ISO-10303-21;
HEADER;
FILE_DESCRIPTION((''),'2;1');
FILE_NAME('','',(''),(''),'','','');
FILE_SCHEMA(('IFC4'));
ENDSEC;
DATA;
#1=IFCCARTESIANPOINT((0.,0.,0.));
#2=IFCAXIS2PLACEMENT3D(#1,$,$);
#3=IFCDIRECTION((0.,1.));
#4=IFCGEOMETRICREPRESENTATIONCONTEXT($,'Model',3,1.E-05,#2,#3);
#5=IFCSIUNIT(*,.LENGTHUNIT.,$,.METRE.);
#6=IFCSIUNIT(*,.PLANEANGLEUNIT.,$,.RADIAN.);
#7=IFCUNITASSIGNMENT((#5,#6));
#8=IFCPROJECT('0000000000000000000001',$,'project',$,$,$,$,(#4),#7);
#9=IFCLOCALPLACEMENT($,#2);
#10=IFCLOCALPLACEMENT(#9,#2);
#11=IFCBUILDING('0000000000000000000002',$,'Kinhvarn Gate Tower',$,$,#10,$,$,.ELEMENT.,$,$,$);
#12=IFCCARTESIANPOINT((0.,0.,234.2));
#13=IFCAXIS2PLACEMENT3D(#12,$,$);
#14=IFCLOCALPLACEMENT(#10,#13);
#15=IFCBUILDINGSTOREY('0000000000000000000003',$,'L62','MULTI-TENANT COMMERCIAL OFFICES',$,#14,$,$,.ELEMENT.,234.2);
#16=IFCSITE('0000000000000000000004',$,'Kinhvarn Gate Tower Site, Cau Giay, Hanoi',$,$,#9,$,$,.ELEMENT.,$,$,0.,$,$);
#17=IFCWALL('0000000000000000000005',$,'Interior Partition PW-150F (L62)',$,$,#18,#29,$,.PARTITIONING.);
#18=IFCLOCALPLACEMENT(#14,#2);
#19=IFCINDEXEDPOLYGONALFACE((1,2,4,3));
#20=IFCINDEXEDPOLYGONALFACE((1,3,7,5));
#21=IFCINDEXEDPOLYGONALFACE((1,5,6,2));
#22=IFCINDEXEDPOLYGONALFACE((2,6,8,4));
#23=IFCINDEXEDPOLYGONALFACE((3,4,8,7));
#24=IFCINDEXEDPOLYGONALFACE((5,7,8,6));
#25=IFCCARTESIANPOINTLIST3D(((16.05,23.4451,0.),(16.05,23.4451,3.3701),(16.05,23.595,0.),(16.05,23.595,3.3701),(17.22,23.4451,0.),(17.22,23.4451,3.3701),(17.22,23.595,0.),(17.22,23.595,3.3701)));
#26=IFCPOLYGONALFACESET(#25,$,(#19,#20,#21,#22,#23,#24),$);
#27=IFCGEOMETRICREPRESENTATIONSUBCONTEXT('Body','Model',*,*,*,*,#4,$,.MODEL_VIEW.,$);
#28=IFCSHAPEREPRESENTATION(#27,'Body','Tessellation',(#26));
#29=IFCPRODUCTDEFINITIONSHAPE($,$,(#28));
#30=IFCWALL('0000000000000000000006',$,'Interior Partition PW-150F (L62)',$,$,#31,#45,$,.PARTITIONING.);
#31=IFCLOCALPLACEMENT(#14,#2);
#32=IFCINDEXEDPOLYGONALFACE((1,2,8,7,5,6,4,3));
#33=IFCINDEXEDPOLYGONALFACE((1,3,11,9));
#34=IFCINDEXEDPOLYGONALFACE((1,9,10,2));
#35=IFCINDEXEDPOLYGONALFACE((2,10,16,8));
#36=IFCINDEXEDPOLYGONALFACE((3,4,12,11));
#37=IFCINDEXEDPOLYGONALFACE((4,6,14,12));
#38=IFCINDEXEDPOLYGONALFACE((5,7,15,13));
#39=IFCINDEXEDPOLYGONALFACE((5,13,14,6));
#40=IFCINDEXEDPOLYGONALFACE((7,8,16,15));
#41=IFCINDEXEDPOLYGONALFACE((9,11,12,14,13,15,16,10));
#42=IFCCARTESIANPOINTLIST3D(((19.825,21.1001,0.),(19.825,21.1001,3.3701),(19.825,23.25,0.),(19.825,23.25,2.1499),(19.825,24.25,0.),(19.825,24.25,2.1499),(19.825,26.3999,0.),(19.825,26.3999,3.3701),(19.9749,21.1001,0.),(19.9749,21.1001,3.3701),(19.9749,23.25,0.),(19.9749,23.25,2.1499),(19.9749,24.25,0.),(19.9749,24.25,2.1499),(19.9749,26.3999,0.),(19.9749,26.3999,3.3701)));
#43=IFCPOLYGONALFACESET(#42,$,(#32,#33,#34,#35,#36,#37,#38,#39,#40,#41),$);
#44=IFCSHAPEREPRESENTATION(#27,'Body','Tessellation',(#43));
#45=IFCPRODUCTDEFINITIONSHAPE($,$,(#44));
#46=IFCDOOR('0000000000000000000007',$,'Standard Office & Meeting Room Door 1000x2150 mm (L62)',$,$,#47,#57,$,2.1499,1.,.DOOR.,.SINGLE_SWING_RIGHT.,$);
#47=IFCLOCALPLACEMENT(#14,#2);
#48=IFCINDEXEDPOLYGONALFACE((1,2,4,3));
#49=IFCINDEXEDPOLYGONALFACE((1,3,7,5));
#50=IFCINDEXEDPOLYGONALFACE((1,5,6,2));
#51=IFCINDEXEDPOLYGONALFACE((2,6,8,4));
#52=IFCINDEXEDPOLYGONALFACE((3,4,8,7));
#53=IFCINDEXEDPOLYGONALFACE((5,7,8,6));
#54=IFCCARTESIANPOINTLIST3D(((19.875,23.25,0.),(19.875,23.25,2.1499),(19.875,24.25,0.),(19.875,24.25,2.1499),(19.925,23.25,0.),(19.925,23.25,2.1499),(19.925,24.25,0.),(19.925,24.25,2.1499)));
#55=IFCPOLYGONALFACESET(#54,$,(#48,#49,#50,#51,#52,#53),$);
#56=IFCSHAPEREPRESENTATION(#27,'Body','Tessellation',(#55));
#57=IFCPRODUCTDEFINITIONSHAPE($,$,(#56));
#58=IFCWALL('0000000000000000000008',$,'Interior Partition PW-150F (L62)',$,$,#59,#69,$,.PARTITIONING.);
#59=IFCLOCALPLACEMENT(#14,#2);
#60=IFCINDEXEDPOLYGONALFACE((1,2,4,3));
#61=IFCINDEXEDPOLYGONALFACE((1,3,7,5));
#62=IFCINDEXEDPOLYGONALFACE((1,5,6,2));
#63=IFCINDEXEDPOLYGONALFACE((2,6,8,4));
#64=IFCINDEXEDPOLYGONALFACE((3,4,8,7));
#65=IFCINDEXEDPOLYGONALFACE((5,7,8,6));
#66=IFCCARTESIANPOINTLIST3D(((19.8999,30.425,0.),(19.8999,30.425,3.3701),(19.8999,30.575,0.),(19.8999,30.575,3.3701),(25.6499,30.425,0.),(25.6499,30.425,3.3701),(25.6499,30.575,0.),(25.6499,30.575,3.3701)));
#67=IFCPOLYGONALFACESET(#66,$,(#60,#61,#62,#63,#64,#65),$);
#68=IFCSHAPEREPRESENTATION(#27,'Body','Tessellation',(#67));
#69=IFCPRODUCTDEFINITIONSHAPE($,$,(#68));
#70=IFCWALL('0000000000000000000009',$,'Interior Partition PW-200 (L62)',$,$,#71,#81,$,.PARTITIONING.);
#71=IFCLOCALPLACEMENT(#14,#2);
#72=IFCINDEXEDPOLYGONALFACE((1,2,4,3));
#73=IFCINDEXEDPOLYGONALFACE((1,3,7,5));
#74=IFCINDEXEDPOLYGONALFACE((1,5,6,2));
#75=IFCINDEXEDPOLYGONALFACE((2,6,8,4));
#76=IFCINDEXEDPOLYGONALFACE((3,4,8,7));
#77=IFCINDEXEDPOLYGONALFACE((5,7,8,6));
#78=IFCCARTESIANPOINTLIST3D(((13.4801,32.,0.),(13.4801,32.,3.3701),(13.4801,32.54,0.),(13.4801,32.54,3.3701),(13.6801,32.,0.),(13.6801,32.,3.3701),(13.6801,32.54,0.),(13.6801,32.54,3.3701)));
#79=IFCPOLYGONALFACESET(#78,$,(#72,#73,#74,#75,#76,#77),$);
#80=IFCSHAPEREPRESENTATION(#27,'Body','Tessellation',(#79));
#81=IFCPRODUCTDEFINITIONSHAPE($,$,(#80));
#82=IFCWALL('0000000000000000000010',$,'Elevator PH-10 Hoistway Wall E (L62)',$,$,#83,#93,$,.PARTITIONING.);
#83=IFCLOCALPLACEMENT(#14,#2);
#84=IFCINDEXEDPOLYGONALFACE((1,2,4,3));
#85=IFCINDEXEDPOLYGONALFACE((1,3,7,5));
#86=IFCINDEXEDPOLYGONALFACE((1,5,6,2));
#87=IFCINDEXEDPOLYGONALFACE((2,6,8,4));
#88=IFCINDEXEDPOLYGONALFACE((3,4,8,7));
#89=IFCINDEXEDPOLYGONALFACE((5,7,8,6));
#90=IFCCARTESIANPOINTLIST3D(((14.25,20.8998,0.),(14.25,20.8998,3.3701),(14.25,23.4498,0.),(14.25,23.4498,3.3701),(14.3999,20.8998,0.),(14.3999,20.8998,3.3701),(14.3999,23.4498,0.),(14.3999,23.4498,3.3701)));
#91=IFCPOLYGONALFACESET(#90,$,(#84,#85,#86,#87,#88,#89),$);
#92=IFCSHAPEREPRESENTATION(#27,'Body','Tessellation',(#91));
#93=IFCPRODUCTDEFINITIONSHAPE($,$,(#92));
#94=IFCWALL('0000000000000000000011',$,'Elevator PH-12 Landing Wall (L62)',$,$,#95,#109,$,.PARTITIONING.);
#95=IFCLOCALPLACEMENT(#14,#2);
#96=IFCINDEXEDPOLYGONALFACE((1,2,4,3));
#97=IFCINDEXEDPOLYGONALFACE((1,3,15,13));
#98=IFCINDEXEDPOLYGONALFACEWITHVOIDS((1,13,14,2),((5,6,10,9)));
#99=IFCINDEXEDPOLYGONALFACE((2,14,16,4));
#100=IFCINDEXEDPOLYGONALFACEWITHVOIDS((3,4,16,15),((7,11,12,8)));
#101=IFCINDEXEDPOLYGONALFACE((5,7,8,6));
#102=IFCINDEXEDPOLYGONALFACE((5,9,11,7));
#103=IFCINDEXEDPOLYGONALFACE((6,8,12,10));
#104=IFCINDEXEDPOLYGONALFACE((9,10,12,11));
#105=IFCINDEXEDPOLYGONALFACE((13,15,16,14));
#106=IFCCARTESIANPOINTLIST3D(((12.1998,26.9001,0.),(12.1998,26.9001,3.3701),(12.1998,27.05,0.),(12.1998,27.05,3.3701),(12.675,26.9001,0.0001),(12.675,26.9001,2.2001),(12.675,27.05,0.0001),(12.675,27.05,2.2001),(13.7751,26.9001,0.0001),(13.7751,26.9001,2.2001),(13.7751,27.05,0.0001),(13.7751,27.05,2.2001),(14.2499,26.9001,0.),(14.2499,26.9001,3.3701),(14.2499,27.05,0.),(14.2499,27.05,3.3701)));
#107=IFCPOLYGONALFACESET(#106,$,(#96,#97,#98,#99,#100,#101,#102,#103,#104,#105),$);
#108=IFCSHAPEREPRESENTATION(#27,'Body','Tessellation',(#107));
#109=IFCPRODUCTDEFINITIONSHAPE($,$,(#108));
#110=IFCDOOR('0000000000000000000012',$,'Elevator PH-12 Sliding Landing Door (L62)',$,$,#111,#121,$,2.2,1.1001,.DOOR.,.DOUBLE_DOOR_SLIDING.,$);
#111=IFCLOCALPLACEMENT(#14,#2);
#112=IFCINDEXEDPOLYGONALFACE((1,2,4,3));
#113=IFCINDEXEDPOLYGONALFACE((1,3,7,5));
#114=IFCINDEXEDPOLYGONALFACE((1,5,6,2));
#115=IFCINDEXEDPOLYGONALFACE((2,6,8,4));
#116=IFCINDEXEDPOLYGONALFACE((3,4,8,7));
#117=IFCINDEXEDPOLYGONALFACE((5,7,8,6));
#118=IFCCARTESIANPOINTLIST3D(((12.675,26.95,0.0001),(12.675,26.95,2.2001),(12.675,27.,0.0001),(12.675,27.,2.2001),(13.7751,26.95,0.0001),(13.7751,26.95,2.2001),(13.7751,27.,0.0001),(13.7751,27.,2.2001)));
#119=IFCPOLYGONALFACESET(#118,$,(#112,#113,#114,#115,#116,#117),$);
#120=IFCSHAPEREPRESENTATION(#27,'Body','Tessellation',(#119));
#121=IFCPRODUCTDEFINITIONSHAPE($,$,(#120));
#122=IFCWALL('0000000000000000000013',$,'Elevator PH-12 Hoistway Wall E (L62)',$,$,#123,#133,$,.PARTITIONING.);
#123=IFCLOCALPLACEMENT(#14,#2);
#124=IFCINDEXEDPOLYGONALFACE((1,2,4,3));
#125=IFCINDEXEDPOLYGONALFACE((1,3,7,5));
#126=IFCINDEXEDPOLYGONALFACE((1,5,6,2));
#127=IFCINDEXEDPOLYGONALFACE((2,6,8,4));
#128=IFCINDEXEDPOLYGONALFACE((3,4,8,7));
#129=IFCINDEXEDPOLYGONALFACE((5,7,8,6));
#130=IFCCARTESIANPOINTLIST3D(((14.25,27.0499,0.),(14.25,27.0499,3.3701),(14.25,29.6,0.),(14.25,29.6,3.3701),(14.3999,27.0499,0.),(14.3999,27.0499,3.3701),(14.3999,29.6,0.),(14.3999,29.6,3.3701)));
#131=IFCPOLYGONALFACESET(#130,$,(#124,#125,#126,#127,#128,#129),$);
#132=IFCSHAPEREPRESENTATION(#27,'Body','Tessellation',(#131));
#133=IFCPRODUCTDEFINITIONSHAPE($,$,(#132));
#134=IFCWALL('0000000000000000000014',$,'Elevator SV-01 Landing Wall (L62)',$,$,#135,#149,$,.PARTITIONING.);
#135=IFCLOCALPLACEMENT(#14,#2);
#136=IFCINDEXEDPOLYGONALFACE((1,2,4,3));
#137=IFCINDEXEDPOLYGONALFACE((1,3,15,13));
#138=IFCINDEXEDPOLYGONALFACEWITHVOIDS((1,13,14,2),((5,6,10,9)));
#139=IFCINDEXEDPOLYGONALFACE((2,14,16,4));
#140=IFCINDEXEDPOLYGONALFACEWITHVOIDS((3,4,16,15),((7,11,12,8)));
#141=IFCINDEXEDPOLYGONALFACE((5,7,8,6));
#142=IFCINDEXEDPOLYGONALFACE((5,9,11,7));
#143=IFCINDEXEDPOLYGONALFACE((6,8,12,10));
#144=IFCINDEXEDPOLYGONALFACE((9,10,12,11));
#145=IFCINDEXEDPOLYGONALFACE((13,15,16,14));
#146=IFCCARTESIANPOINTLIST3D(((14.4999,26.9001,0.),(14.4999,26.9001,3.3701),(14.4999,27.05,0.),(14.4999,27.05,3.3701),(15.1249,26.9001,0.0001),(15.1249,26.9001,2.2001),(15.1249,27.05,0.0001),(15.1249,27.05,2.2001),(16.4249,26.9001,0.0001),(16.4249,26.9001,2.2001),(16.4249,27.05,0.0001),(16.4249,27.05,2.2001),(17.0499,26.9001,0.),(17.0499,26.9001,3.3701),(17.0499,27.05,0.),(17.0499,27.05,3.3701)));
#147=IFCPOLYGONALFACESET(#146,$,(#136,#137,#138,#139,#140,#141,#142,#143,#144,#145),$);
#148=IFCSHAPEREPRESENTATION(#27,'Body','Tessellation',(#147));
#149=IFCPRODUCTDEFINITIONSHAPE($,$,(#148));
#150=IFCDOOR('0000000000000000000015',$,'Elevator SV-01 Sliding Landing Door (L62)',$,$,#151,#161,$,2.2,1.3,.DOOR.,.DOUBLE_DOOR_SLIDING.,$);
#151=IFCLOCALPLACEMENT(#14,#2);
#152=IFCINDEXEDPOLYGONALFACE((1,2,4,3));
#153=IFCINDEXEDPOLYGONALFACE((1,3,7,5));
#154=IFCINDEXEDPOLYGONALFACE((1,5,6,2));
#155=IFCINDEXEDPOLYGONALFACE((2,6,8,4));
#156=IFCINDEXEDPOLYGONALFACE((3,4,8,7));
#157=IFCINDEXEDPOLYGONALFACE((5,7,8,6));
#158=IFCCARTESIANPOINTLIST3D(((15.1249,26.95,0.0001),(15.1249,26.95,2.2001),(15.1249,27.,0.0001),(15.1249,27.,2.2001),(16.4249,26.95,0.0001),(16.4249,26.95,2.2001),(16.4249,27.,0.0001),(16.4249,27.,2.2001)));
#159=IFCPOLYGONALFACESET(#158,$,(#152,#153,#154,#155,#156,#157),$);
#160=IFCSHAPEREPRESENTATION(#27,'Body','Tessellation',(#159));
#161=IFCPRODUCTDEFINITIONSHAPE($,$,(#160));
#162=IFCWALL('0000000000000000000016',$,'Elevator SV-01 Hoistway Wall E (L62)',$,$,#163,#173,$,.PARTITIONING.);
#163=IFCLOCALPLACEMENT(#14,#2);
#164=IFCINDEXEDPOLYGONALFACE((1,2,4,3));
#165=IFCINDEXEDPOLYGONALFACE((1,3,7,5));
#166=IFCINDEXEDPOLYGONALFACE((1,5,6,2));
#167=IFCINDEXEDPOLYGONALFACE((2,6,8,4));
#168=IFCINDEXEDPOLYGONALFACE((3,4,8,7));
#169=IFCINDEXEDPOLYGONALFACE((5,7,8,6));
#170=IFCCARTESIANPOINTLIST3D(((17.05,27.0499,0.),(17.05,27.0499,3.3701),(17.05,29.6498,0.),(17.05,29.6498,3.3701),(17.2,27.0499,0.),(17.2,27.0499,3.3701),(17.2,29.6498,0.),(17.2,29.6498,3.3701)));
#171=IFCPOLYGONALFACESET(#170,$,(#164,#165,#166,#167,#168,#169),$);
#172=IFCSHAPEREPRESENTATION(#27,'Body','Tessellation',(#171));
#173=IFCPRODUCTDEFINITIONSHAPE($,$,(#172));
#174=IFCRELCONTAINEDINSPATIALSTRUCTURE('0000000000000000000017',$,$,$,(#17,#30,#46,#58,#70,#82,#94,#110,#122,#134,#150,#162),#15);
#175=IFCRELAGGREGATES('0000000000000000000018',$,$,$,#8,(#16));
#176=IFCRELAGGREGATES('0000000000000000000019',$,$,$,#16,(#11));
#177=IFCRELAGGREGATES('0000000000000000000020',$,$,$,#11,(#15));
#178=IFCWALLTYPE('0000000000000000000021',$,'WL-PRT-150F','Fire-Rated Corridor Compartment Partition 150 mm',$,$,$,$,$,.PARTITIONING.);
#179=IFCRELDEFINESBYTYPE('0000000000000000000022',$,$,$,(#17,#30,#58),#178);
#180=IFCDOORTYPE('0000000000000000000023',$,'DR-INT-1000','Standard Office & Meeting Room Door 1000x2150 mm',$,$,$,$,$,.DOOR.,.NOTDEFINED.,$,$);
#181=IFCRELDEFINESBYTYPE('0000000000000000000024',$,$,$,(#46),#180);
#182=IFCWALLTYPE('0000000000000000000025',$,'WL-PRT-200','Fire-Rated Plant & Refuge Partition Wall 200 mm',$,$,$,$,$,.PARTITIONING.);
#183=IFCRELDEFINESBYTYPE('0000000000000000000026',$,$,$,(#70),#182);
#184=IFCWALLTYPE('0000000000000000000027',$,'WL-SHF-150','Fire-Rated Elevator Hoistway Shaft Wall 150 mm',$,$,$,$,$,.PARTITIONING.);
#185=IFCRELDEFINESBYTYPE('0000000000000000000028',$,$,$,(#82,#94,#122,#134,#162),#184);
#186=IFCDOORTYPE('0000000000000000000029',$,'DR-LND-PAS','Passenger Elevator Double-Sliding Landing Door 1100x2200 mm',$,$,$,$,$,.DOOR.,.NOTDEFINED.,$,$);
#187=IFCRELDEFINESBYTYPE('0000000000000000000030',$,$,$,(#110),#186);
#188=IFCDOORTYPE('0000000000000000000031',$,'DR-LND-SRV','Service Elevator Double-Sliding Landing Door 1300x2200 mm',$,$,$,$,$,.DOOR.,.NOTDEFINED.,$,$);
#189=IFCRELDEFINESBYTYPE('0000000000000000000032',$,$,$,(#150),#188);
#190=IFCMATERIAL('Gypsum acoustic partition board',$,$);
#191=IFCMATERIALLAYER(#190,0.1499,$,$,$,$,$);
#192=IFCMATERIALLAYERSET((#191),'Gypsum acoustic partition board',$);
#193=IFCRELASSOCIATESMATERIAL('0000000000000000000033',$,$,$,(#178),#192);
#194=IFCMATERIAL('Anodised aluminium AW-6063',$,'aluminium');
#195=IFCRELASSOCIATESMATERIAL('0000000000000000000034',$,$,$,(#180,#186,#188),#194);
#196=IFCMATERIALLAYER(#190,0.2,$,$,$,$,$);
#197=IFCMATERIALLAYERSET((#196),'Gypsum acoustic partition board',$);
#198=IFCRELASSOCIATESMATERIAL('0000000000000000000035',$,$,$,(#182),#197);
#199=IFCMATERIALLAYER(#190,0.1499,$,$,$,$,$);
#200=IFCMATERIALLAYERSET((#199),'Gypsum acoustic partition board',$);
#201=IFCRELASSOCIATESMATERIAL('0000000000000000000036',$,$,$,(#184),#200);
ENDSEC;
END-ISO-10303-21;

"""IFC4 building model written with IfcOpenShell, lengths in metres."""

from ifc_helpers import new_model, si_unit, direction, frame, frame_2d, origin, place, context, subcontext, project, spatial, rectangle, extrude, material, layer, layer_set, type_object, element, fill, save


model = new_model("IFC4")

# Units and contexts
model_context = context("Model", 3, precision=1e-05, world=origin(), true_north=direction((0.0, 1.0)))
body_context = subcontext(model_context, "Body", "Model", "MODEL_VIEW")
ifc_project = project(units=[si_unit("LENGTHUNIT", "METRE"), si_unit("PLANEANGLEUNIT", "RADIAN")], contexts=[model_context])

# Site, building, storey
site_placement = place(None, origin())
site = spatial("IfcSite", under=ifc_project, at=site_placement, Name="Kinhvarn Gate Tower Site, Cau Giay, Hanoi", CompositionType="ELEMENT", RefElevation=0.0)
building_placement = place(site_placement, origin())
building = spatial("IfcBuilding", under=site, at=building_placement, Name="Kinhvarn Gate Tower", CompositionType="ELEMENT")
storey_placement = place(building_placement, frame((0.0, 0.0, 234.2)))
storey = spatial("IfcBuildingStorey", under=building, at=storey_placement, Name="L62", Description="MULTI-TENANT COMMERCIAL OFFICES", CompositionType="ELEMENT", Elevation=234.2)

# Shared definitions
ifc_material_1 = material(Name="Anodised aluminium AW-6063", Category="aluminium")

# Shared definitions
ifc_material_2 = material(Name="Gypsum acoustic partition board")

# Wall
ifc_layer_1 = layer(ifc_material_2, 0.1499)
ifc_layer_set_1 = layer_set([ifc_layer_1], Name="Gypsum acoustic partition board")
wall_type_1 = type_object("IfcWallType", Name="WL-PRT-150F", Description="Fire-Rated Corridor Compartment Partition 150 mm", PredefinedType="PARTITIONING", material=ifc_layer_set_1)
wall_1_placement = place(storey_placement, frame((16.05, 23.52, 0.0), z_axis=(0.0, 0.0, 1.0), x_axis=(1.0, 0.0, 0.0)))
element("IfcWall", 1, at=wall_1_placement, inside=storey, type_object=wall_type_1, Name="Interior Partition PW-150F (L62)", PredefinedType="PARTITIONING", context=body_context, shape_type="SweptSolid", body=[
    extrude(rectangle(XDim=1.1699, YDim=0.1499, at=frame_2d((0.585, 0.0))), origin(), (0.0, 0.0, 1.0), 3.3701),
])

# Wall, opening, door
door_type_1 = type_object("IfcDoorType", Name="DR-INT-1000", Description="Standard Office & Meeting Room Door 1000x2150 mm", OperationType="NOTDEFINED", PredefinedType="DOOR", material=ifc_material_1)
wall_2_placement = place(storey_placement, frame((19.8999, 21.1001, 0.0), z_axis=(0.0, 0.0, 1.0), x_axis=(0.0, 1.0, 0.0)))
wall_2 = element("IfcWall", 2, at=wall_2_placement, inside=storey, type_object=wall_type_1, Name="Interior Partition PW-150F (L62)", PredefinedType="PARTITIONING", context=body_context, shape_type="SweptSolid", body=[
    extrude(rectangle(XDim=5.2998, YDim=0.1499, at=frame_2d((2.6499, 0.0))), origin(), (0.0, 0.0, 1.0), 3.3701),
])
opening_1_placement = place(wall_2_placement, frame((2.1499, 0.0, 0.0)))
opening_1 = element("IfcOpeningElement", 3, at=opening_1_placement, cuts=wall_2, PredefinedType="OPENING", context=body_context, shape_type="SweptSolid", body=[
    extrude(rectangle(XDim=1.0, YDim=2.1499, at=frame_2d((0.5, 1.075))), frame((0.0, 0.085, 0.0), z_axis=(0.0, -1.0, 0.0), x_axis=(1.0, 0.0, 0.0)), (0.0, 0.0, 1.0), 0.1699),
])
door_1_placement = place(opening_1_placement, origin())
door_1 = element("IfcDoor", 4, at=door_1_placement, inside=storey, type_object=door_type_1, Name="Standard Office & Meeting Room Door 1000x2150 mm (L62)", OperationType="SINGLE_SWING_RIGHT", OverallHeight=2.1499, OverallWidth=1.0, PredefinedType="DOOR", context=body_context, shape_type="SweptSolid", body=[
    extrude(rectangle(XDim=1.0, YDim=2.1499, at=frame_2d((0.5, 1.075))), frame((0.0, 0.0249, 0.0), z_axis=(0.0, -1.0, 0.0), x_axis=(1.0, 0.0, 0.0)), (0.0, 0.0, 1.0), 0.05),
])
fill(opening_1, door_1)

# Walls
wall_3_placement = place(storey_placement, frame((19.8999, 30.5, 0.0), z_axis=(0.0, 0.0, 1.0), x_axis=(1.0, 0.0, 0.0)))
element("IfcWall", 5, at=wall_3_placement, inside=storey, type_object=wall_type_1, Name="Interior Partition PW-150F (L62)", PredefinedType="PARTITIONING", context=body_context, shape_type="SweptSolid", body=[
    extrude(rectangle(XDim=5.75, YDim=0.1499, at=frame_2d((2.875, 0.0))), origin(), (0.0, 0.0, 1.0), 3.3701),
])
ifc_layer_2 = layer(ifc_material_2, 0.2)
ifc_layer_set_2 = layer_set([ifc_layer_2], Name="Gypsum acoustic partition board")
wall_type_2 = type_object("IfcWallType", Name="WL-PRT-200", Description="Fire-Rated Plant & Refuge Partition Wall 200 mm", PredefinedType="PARTITIONING", material=ifc_layer_set_2)
wall_4_placement = place(storey_placement, frame((13.5801, 32.0, 0.0), z_axis=(0.0, 0.0, 1.0), x_axis=(0.0, 1.0, 0.0)))
element("IfcWall", 6, at=wall_4_placement, inside=storey, type_object=wall_type_2, Name="Interior Partition PW-200 (L62)", PredefinedType="PARTITIONING", context=body_context, shape_type="SweptSolid", body=[
    extrude(rectangle(XDim=0.54, YDim=0.2, at=frame_2d((0.27, 0.0))), origin(), (0.0, 0.0, 1.0), 3.3701),
])
ifc_layer_3 = layer(ifc_material_2, 0.1499)
ifc_layer_set_3 = layer_set([ifc_layer_3], Name="Gypsum acoustic partition board")
wall_type_3 = type_object("IfcWallType", Name="WL-SHF-150", Description="Fire-Rated Elevator Hoistway Shaft Wall 150 mm", PredefinedType="PARTITIONING", material=ifc_layer_set_3)
wall_5_placement = place(storey_placement, frame((14.325, 20.8999, 0.0), z_axis=(0.0, 0.0, 1.0), x_axis=(0.0, 1.0, 0.0)))
element("IfcWall", 7, at=wall_5_placement, inside=storey, type_object=wall_type_3, Name="Elevator PH-10 Hoistway Wall E (L62)", PredefinedType="PARTITIONING", context=body_context, shape_type="SweptSolid", body=[
    extrude(rectangle(XDim=2.55, YDim=0.1499, at=frame_2d((1.2749, 0.0))), origin(), (0.0, 0.0, 1.0), 3.3701),
])

# Wall, opening, door
wall_6_placement = place(storey_placement, frame((12.2, 26.9751, 0.0), z_axis=(0.0, 0.0, 1.0), x_axis=(1.0, 0.0, 0.0)))
wall_6 = element("IfcWall", 8, at=wall_6_placement, inside=storey, type_object=wall_type_3, Name="Elevator PH-12 Landing Wall (L62)", PredefinedType="PARTITIONING", context=body_context, shape_type="SweptSolid", body=[
    extrude(rectangle(XDim=2.05, YDim=0.1499, at=frame_2d((1.0249, 0.0))), origin(), (0.0, 0.0, 1.0), 3.3701),
])
opening_2_placement = place(wall_6_placement, frame((0.4751, 0.0, 0.0)))
opening_2 = element("IfcOpeningElement", 9, at=opening_2_placement, cuts=wall_6, PredefinedType="OPENING", context=body_context, shape_type="SweptSolid", body=[
    extrude(rectangle(XDim=1.1001, YDim=2.2, at=frame_2d((0.55, 1.1001))), frame((0.0, 0.085, 0.0), z_axis=(0.0, -1.0, 0.0), x_axis=(1.0, 0.0, 0.0)), (0.0, 0.0, 1.0), 0.1699),
])
door_type_2 = type_object("IfcDoorType", Name="DR-LND-PAS", Description="Passenger Elevator Double-Sliding Landing Door 1100x2200 mm", OperationType="NOTDEFINED", PredefinedType="DOOR", material=ifc_material_1)
door_2_placement = place(opening_2_placement, origin())
door_2 = element("IfcDoor", 10, at=door_2_placement, inside=storey, type_object=door_type_2, Name="Elevator PH-12 Sliding Landing Door (L62)", OperationType="DOUBLE_DOOR_SLIDING", OverallHeight=2.2, OverallWidth=1.1001, PredefinedType="DOOR", context=body_context, shape_type="SweptSolid", body=[
    extrude(rectangle(XDim=1.1001, YDim=2.2, at=frame_2d((0.55, 1.1001))), frame((0.0, 0.0249, 0.0), z_axis=(0.0, -1.0, 0.0), x_axis=(1.0, 0.0, 0.0)), (0.0, 0.0, 1.0), 0.05),
])
fill(opening_2, door_2)

# Wall
wall_7_placement = place(storey_placement, frame((14.325, 27.05, 0.0), z_axis=(0.0, 0.0, 1.0), x_axis=(0.0, 1.0, 0.0)))
element("IfcWall", 11, at=wall_7_placement, inside=storey, type_object=wall_type_3, Name="Elevator PH-12 Hoistway Wall E (L62)", PredefinedType="PARTITIONING", context=body_context, shape_type="SweptSolid", body=[
    extrude(rectangle(XDim=2.55, YDim=0.1499, at=frame_2d((1.2749, 0.0))), origin(), (0.0, 0.0, 1.0), 3.3701),
])

# Wall, opening, door
wall_8_placement = place(storey_placement, frame((14.5, 26.9751, 0.0), z_axis=(0.0, 0.0, 1.0), x_axis=(1.0, 0.0, 0.0)))
wall_8 = element("IfcWall", 12, at=wall_8_placement, inside=storey, type_object=wall_type_3, Name="Elevator SV-01 Landing Wall (L62)", PredefinedType="PARTITIONING", context=body_context, shape_type="SweptSolid", body=[
    extrude(rectangle(XDim=2.55, YDim=0.1499, at=frame_2d((1.2749, 0.0))), origin(), (0.0, 0.0, 1.0), 3.3701),
])
opening_3_placement = place(wall_8_placement, frame((0.625, 0.0, 0.0)))
opening_3 = element("IfcOpeningElement", 13, at=opening_3_placement, cuts=wall_8, PredefinedType="OPENING", context=body_context, shape_type="SweptSolid", body=[
    extrude(rectangle(XDim=1.3, YDim=2.2, at=frame_2d((0.6499, 1.1001))), frame((0.0, 0.085, 0.0), z_axis=(0.0, -1.0, 0.0), x_axis=(1.0, 0.0, 0.0)), (0.0, 0.0, 1.0), 0.1699),
])
door_type_3 = type_object("IfcDoorType", Name="DR-LND-SRV", Description="Service Elevator Double-Sliding Landing Door 1300x2200 mm", OperationType="NOTDEFINED", PredefinedType="DOOR", material=ifc_material_1)
door_3_placement = place(opening_3_placement, origin())
door_3 = element("IfcDoor", 14, at=door_3_placement, inside=storey, type_object=door_type_3, Name="Elevator SV-01 Sliding Landing Door (L62)", OperationType="DOUBLE_DOOR_SLIDING", OverallHeight=2.2, OverallWidth=1.3, PredefinedType="DOOR", context=body_context, shape_type="SweptSolid", body=[
    extrude(rectangle(XDim=1.3, YDim=2.2, at=frame_2d((0.6499, 1.1001))), frame((0.0, 0.0249, 0.0), z_axis=(0.0, -1.0, 0.0), x_axis=(1.0, 0.0, 0.0)), (0.0, 0.0, 1.0), 0.05),
])
fill(opening_3, door_3)

# Wall
wall_9_placement = place(storey_placement, frame((17.125, 27.05, 0.0), z_axis=(0.0, 0.0, 1.0), x_axis=(0.0, 1.0, 0.0)))
element("IfcWall", 15, at=wall_9_placement, inside=storey, type_object=wall_type_3, Name="Elevator SV-01 Hoistway Wall E (L62)", PredefinedType="PARTITIONING", context=body_context, shape_type="SweptSolid", body=[
    extrude(rectangle(XDim=2.5999, YDim=0.1499, at=frame_2d((1.2998, 0.0))), origin(), (0.0, 0.0, 1.0), 3.3701),
])

save(model, "model.ifc")
